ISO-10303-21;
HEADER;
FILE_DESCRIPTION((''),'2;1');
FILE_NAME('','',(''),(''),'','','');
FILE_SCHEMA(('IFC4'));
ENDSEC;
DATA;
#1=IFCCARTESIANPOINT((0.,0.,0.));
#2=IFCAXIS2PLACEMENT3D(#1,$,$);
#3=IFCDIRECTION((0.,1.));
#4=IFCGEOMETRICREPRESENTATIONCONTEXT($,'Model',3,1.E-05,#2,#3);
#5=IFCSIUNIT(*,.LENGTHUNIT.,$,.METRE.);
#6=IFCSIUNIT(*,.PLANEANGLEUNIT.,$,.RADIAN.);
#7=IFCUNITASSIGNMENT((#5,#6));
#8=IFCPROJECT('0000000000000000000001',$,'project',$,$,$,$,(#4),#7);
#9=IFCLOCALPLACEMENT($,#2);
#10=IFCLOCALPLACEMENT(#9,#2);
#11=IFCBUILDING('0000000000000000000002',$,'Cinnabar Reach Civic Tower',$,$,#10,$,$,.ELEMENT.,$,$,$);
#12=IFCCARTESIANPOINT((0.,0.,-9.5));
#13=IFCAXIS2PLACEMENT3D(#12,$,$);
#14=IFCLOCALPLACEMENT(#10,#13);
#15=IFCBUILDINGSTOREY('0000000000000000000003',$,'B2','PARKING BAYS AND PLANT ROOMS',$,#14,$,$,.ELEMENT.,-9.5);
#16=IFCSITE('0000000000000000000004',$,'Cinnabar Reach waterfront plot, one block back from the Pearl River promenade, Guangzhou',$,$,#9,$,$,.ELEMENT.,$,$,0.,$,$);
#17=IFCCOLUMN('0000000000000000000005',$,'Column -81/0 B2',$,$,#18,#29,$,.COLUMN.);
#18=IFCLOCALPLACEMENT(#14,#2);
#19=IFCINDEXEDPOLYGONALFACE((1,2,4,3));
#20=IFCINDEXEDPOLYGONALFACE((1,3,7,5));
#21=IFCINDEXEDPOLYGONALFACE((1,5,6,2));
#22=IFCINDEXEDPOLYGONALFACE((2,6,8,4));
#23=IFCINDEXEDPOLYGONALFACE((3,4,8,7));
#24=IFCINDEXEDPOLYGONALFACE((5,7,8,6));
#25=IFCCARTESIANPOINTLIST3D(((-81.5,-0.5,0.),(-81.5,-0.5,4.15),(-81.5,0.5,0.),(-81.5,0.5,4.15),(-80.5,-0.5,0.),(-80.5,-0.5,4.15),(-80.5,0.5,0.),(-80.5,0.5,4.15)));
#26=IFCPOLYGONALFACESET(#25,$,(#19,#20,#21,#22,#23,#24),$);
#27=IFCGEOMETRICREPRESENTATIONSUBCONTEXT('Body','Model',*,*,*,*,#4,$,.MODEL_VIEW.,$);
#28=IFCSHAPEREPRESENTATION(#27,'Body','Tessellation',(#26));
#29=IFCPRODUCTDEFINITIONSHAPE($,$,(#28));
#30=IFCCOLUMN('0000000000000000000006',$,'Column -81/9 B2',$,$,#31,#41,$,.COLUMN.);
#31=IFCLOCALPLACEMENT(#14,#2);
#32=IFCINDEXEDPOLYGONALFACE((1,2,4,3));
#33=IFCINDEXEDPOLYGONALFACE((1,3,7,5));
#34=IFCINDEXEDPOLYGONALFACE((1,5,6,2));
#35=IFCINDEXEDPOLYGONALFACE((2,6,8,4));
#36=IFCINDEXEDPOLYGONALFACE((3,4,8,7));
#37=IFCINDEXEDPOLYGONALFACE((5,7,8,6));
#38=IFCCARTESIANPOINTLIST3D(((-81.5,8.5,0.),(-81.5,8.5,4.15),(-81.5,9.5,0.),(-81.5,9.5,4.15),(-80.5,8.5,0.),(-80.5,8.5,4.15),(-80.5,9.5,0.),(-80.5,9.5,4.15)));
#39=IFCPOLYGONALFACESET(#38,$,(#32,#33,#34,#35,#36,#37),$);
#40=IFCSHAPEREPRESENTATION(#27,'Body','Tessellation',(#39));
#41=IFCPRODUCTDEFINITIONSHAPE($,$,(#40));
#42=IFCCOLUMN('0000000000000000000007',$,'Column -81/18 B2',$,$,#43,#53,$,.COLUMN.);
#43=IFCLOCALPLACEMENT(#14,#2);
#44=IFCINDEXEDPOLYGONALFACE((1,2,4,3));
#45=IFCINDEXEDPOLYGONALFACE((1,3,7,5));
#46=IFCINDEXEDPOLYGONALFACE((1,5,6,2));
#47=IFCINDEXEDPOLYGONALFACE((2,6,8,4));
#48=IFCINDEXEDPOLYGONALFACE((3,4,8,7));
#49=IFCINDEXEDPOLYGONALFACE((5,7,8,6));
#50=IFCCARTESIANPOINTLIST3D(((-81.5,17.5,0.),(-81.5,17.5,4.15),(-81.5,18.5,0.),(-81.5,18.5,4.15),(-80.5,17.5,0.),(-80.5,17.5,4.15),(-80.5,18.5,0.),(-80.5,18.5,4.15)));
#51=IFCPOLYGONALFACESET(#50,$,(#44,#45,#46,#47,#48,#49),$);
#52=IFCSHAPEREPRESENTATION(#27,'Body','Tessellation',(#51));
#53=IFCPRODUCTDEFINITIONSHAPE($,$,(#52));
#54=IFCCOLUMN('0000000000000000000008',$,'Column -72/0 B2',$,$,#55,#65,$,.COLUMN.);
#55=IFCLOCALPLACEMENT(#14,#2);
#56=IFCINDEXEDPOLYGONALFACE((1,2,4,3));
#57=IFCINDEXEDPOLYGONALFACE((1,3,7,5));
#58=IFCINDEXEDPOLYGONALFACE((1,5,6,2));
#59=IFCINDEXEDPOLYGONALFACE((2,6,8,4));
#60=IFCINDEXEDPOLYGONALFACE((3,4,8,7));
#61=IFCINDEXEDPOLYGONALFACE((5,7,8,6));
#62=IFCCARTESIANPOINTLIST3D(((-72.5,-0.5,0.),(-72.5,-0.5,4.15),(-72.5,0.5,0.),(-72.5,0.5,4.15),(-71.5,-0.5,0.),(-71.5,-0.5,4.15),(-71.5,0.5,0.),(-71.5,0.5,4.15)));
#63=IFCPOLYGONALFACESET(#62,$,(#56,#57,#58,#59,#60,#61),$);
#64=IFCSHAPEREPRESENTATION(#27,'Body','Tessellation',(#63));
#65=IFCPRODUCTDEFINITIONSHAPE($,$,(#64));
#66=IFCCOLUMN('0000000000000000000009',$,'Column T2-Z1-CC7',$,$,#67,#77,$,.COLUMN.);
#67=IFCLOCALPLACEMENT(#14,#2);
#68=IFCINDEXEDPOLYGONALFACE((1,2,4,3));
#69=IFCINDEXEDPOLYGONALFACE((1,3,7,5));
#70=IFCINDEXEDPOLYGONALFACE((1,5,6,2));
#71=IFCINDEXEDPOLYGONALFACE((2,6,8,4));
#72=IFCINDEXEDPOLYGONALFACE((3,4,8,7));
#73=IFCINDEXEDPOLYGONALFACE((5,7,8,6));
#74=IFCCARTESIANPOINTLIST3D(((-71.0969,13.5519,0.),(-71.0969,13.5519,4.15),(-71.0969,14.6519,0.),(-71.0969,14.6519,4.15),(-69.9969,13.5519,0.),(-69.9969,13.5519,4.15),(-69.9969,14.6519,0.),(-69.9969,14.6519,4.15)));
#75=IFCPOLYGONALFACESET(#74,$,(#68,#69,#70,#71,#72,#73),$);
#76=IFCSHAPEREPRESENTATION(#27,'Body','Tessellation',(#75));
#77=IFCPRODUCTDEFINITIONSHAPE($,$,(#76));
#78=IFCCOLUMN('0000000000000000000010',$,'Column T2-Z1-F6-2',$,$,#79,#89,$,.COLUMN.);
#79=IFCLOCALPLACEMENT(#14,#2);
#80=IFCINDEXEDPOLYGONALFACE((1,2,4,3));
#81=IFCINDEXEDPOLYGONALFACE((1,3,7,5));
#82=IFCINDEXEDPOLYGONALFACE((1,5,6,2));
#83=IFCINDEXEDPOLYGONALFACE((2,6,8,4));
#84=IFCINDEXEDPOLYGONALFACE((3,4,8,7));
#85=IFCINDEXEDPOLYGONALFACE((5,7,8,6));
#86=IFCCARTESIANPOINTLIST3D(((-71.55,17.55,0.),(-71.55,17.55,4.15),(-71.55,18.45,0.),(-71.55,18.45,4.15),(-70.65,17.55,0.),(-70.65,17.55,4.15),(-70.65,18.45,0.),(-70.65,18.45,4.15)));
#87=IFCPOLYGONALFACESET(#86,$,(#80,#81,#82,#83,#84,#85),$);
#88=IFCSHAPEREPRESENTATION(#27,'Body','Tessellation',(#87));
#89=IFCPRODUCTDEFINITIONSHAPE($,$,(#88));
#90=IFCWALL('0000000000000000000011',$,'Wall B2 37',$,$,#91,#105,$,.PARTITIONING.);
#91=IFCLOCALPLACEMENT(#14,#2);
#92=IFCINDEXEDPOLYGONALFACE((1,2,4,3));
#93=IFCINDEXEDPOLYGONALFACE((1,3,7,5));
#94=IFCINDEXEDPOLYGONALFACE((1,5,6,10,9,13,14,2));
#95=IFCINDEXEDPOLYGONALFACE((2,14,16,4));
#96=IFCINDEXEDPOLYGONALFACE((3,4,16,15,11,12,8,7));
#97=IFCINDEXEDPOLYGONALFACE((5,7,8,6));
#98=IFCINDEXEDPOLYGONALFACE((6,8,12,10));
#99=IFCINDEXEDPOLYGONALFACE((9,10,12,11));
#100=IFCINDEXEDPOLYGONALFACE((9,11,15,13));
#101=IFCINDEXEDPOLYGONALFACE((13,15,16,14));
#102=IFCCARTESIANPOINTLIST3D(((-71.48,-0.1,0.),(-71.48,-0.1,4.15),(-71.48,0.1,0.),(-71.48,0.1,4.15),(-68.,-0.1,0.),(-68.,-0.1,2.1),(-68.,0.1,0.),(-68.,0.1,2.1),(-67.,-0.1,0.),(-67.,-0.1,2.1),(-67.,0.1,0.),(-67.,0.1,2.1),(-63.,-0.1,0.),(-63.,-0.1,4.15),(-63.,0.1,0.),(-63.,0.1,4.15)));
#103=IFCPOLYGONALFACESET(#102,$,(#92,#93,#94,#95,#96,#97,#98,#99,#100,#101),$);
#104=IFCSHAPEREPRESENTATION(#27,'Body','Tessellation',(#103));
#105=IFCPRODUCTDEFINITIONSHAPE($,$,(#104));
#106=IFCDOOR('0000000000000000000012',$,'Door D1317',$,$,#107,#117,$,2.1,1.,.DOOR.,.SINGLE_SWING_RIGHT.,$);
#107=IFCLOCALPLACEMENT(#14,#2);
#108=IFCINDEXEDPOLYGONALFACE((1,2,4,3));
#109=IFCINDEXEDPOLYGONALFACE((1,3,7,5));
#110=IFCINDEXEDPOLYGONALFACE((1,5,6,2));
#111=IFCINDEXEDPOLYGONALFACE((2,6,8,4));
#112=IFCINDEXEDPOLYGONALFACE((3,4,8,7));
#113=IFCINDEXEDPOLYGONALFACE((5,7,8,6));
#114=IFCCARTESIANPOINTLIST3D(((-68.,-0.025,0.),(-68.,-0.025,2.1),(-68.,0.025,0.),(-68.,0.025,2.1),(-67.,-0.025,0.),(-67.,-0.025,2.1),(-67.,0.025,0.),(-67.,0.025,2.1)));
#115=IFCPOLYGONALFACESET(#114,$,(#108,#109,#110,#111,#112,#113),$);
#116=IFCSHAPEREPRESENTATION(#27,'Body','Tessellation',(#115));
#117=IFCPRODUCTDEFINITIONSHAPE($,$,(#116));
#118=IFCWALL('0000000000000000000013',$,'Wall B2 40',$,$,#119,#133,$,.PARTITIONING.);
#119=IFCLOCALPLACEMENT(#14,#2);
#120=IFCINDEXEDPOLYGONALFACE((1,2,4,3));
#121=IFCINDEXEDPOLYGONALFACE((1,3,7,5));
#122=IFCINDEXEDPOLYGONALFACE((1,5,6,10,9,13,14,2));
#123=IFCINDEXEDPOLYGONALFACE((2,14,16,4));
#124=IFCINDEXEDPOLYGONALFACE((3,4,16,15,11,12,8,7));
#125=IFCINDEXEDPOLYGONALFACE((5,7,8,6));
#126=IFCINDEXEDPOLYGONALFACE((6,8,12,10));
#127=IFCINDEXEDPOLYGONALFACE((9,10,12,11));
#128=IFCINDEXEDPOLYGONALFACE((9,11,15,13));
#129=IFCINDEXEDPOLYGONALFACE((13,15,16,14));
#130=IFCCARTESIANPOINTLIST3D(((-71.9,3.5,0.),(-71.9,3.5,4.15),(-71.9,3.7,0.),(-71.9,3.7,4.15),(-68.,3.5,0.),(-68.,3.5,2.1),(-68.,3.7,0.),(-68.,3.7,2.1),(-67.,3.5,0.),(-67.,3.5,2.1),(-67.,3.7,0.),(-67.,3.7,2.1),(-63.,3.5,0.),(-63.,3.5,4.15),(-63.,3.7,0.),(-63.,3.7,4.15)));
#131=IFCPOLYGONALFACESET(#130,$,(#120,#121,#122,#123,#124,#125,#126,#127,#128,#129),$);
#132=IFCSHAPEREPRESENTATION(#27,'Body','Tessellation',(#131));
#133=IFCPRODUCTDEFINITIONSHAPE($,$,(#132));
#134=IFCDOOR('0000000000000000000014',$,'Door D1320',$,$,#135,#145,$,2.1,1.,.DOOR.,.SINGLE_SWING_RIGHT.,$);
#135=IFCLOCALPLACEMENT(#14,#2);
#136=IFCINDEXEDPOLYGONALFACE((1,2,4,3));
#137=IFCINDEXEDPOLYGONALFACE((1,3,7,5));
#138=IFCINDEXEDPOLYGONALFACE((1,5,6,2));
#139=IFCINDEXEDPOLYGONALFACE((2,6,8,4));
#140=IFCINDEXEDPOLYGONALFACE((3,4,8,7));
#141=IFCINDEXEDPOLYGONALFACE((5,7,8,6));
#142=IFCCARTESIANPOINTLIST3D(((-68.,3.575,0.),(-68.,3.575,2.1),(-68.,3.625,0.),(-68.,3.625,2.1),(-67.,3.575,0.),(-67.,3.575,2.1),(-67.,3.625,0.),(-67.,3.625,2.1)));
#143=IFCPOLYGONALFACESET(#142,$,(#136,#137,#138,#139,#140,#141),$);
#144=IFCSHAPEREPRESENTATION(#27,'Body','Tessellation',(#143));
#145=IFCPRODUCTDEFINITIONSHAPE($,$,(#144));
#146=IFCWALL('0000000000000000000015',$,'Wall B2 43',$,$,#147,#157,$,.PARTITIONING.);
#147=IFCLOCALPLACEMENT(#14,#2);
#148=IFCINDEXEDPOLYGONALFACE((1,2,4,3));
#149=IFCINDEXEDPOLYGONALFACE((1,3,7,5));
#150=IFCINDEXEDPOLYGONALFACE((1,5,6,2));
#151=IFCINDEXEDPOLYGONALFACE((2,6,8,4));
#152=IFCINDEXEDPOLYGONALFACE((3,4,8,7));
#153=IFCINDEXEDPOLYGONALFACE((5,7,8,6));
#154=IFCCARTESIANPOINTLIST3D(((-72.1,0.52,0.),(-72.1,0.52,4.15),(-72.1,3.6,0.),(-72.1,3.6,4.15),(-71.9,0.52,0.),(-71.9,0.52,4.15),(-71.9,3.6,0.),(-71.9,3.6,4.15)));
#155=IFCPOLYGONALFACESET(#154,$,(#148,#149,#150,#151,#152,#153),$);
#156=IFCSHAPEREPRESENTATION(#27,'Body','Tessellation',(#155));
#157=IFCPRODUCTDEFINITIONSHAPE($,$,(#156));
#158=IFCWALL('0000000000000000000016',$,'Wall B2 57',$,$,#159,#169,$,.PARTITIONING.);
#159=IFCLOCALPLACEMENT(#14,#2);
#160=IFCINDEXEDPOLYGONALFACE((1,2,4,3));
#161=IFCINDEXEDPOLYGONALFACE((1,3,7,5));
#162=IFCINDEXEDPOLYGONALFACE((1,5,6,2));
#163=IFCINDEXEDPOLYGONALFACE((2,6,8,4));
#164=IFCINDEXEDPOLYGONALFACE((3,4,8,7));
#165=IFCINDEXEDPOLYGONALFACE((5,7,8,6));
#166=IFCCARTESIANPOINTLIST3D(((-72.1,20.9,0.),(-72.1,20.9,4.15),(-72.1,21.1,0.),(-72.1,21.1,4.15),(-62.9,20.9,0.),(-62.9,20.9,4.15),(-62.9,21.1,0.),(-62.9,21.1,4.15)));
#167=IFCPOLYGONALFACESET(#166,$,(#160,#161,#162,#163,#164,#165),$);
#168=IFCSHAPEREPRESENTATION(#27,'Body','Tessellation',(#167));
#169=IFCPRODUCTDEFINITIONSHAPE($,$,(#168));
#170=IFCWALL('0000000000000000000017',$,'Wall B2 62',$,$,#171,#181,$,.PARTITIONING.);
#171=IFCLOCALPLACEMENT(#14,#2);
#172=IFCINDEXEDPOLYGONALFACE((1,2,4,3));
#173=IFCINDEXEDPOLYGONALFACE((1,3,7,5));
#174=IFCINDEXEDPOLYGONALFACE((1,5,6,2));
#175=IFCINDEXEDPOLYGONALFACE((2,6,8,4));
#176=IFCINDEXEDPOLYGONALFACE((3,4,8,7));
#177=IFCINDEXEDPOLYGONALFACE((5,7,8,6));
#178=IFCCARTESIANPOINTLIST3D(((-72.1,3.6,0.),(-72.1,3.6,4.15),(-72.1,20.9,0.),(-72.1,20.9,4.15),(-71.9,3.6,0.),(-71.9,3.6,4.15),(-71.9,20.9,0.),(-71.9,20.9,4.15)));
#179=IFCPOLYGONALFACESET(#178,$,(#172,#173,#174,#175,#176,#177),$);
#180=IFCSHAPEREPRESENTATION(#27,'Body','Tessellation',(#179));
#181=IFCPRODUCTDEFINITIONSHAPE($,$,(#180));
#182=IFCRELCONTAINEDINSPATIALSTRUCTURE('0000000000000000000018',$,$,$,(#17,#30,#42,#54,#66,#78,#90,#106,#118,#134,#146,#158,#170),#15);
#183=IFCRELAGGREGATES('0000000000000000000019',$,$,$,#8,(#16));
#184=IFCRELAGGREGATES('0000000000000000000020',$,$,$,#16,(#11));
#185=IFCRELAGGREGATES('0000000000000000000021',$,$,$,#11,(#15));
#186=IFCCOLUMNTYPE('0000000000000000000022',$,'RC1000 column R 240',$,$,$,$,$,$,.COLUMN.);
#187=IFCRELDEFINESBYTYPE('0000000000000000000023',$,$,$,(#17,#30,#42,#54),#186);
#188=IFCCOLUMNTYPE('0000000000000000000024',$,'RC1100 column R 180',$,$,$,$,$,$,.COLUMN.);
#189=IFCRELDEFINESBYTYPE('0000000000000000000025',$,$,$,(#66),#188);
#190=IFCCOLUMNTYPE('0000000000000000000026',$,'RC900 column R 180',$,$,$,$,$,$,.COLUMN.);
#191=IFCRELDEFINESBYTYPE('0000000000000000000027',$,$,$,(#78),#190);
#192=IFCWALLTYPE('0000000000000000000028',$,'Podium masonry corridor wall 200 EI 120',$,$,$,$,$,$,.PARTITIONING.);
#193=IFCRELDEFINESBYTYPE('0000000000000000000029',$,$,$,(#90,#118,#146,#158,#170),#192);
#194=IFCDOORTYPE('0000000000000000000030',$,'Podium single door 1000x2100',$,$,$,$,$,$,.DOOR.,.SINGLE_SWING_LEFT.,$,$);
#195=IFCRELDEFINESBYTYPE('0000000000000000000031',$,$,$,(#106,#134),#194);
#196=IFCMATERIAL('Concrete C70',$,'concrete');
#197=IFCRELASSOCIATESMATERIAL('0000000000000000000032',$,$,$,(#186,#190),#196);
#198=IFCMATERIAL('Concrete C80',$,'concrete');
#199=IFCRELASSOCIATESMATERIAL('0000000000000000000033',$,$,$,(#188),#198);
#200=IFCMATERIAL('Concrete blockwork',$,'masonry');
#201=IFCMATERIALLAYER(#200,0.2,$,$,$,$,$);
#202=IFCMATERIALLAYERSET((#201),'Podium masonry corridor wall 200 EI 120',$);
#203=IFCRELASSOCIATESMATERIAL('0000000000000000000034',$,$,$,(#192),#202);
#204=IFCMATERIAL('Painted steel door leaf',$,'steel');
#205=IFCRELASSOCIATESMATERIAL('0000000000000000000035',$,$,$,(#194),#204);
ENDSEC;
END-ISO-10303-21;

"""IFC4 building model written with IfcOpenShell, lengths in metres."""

from ifc_helpers import new_model, si_unit, direction, frame, frame_2d, origin, origin_2d, place, context, subcontext, project, spatial, rectangle, extrude, material, layer, layer_set, material_profile, profile_set, type_object, element, fill, save


model = new_model("IFC4")

# Units and contexts
model_context = context("Model", 3, precision=1e-05, world=origin(), true_north=direction((0.0, 1.0)))
body_context = subcontext(model_context, "Body", "Model", "MODEL_VIEW")
ifc_project = project(units=[si_unit("LENGTHUNIT", "METRE"), si_unit("PLANEANGLEUNIT", "RADIAN")], contexts=[model_context])

# Site, building, storey
site_placement = place(None, origin())
site = spatial("IfcSite", under=ifc_project, at=site_placement, Name="Cinnabar Reach waterfront plot, one block back from the Pearl River promenade, Guangzhou", CompositionType="ELEMENT", RefElevation=0.0)
building_placement = place(site_placement, origin())
building = spatial("IfcBuilding", under=site, at=building_placement, Name="Cinnabar Reach Civic Tower", CompositionType="ELEMENT")
storey_placement = place(building_placement, frame((0.0, 0.0, -9.5)))
storey = spatial("IfcBuildingStorey", under=building, at=storey_placement, Name="B2", Description="PARKING BAYS AND PLANT ROOMS", CompositionType="ELEMENT", Elevation=-9.5)

# Columns
ifc_material_1 = material(Name="Concrete C70", Category="concrete")
ifc_material_profile_1 = material_profile(ifc_material_1, rectangle(XDim=1.0, YDim=1.0, at=origin_2d()), Name="RC1000")
ifc_profile_set_1 = profile_set([ifc_material_profile_1], Name="Concrete C70")
column_type_1 = type_object("IfcColumnType", Name="RC1000 column R 240", PredefinedType="COLUMN", material=ifc_profile_set_1)
for number, where, z_axis, x_axis, name in (
    (1, (-81.0, 0.0, 0.0), (0.0, 0.0, 1.0), (1.0, 0.0, 0.0), "Column -81/0 B2"),
    (2, (-81.0, 9.0, 0.0), (0.0, 0.0, 1.0), (1.0, 0.0, 0.0), "Column -81/9 B2"),
    (3, (-81.0, 18.0, 0.0), (0.0, 0.0, 1.0), (1.0, 0.0, 0.0), "Column -81/18 B2"),
    (4, (-72.0, 0.0, 0.0), (0.0, 0.0, 1.0), (1.0, 0.0, 0.0), "Column -72/0 B2"),
):
    element("IfcColumn", number, at=place(storey_placement, frame(where, z_axis=z_axis, x_axis=x_axis)), inside=storey, type_object=column_type_1, Name=name, PredefinedType="COLUMN", context=body_context, shape_type="SweptSolid", body=[
        extrude(rectangle(XDim=1.0, YDim=1.0, at=origin_2d()), origin(), (0.0, 0.0, 1.0), 4.15),
    ])
ifc_material_2 = material(Name="Concrete C80", Category="concrete")
ifc_material_profile_2 = material_profile(ifc_material_2, rectangle(XDim=1.1, YDim=1.1, at=origin_2d()), Name="RC1100")
ifc_profile_set_2 = profile_set([ifc_material_profile_2], Name="Concrete C80")
column_type_2 = type_object("IfcColumnType", Name="RC1100 column R 180", PredefinedType="COLUMN", material=ifc_profile_set_2)
column_1_placement = place(storey_placement, frame((-70.5469, 14.1019, 0.0), z_axis=(0.0, 0.0, 1.0), x_axis=(1.0, 0.0, 0.0)))
element("IfcColumn", 5, at=column_1_placement, inside=storey, type_object=column_type_2, Name="Column T2-Z1-CC7", PredefinedType="COLUMN", context=body_context, shape_type="SweptSolid", body=[
    extrude(rectangle(XDim=1.1, YDim=1.1, at=origin_2d()), origin(), (0.0, 0.0, 1.0), 4.15),
])
ifc_material_profile_3 = material_profile(ifc_material_1, rectangle(XDim=0.9, YDim=0.9, at=origin_2d()), Name="RC900")
ifc_profile_set_3 = profile_set([ifc_material_profile_3], Name="Concrete C70")
column_type_3 = type_object("IfcColumnType", Name="RC900 column R 180", PredefinedType="COLUMN", material=ifc_profile_set_3)
column_2_placement = place(storey_placement, frame((-71.1, 18.0, 0.0), z_axis=(0.0, 0.0, 1.0), x_axis=(1.0, 0.0, 0.0)))
element("IfcColumn", 6, at=column_2_placement, inside=storey, type_object=column_type_3, Name="Column T2-Z1-F6-2", PredefinedType="COLUMN", context=body_context, shape_type="SweptSolid", body=[
    extrude(rectangle(XDim=0.9, YDim=0.9, at=origin_2d()), origin(), (0.0, 0.0, 1.0), 4.15),
])

# Walls, openings, doors
ifc_material_3 = material(Name="Concrete blockwork", Category="masonry")
ifc_layer_1 = layer(ifc_material_3, 0.2)
ifc_layer_set_1 = layer_set([ifc_layer_1], Name="Podium masonry corridor wall 200 EI 120")
wall_type_1 = type_object("IfcWallType", Name="Podium masonry corridor wall 200 EI 120", PredefinedType="PARTITIONING", material=ifc_layer_set_1)
wall_1_placement = place(storey_placement, frame((-71.48, 0.0, 0.0), z_axis=(0.0, 0.0, 1.0), x_axis=(1.0, 0.0, 0.0)))
wall_1 = element("IfcWall", 7, at=wall_1_placement, inside=storey, type_object=wall_type_1, Name="Wall B2 37", PredefinedType="PARTITIONING", context=body_context, shape_type="SweptSolid", body=[
    extrude(rectangle(XDim=8.48, YDim=0.2, at=frame_2d((4.24, 0.0))), origin(), (0.0, 0.0, 1.0), 4.15),
])
opening_1_placement = place(wall_1_placement, frame((3.48, 0.0, 0.0)))
opening_1 = element("IfcOpeningElement", 8, at=opening_1_placement, cuts=wall_1, PredefinedType="OPENING", context=body_context, shape_type="SweptSolid", body=[
    extrude(rectangle(XDim=1.0, YDim=2.1, at=frame_2d((0.5, 1.05))), frame((0.0, 0.11, 0.0), z_axis=(0.0, -1.0, 0.0), x_axis=(1.0, 0.0, 0.0)), (0.0, 0.0, 1.0), 0.22),
])
ifc_material_4 = material(Name="Painted steel door leaf", Category="steel")
door_type_1 = type_object("IfcDoorType", Name="Podium single door 1000x2100", OperationType="SINGLE_SWING_LEFT", PredefinedType="DOOR", material=ifc_material_4)
door_1_placement = place(opening_1_placement, frame((1.0, 0.0, 0.0), z_axis=(0.0, 0.0, 1.0), x_axis=(-1.0, 0.0, 0.0)))
door_1 = element("IfcDoor", 9, at=door_1_placement, inside=storey, type_object=door_type_1, Name="Door D1317", OperationType="SINGLE_SWING_RIGHT", OverallHeight=2.1, OverallWidth=1.0, PredefinedType="DOOR", context=body_context, shape_type="SweptSolid", body=[
    extrude(rectangle(XDim=1.0, YDim=2.1, at=frame_2d((0.5, 1.05))), frame((0.0, 0.025, 0.0), z_axis=(0.0, -1.0, 0.0), x_axis=(1.0, 0.0, 0.0)), (0.0, 0.0, 1.0), 0.05),
])
fill(opening_1, door_1)
wall_2_placement = place(storey_placement, frame((-71.9, 3.6, 0.0), z_axis=(0.0, 0.0, 1.0), x_axis=(1.0, 0.0, 0.0)))
wall_2 = element("IfcWall", 10, at=wall_2_placement, inside=storey, type_object=wall_type_1, Name="Wall B2 40", PredefinedType="PARTITIONING", context=body_context, shape_type="SweptSolid", body=[
    extrude(rectangle(XDim=8.9, YDim=0.2, at=frame_2d((4.45, 0.0))), origin(), (0.0, 0.0, 1.0), 4.15),
])
opening_2_placement = place(wall_2_placement, frame((3.9, 0.0, 0.0)))
opening_2 = element("IfcOpeningElement", 11, at=opening_2_placement, cuts=wall_2, PredefinedType="OPENING", context=body_context, shape_type="SweptSolid", body=[
    extrude(rectangle(XDim=1.0, YDim=2.1, at=frame_2d((0.5, 1.05))), frame((0.0, 0.11, 0.0), z_axis=(0.0, -1.0, 0.0), x_axis=(1.0, 0.0, 0.0)), (0.0, 0.0, 1.0), 0.22),
])
door_2_placement = place(opening_2_placement, origin())
door_2 = element("IfcDoor", 12, at=door_2_placement, inside=storey, type_object=door_type_1, Name="Door D1320", OperationType="SINGLE_SWING_RIGHT", OverallHeight=2.1, OverallWidth=1.0, PredefinedType="DOOR", context=body_context, shape_type="SweptSolid", body=[
    extrude(rectangle(XDim=1.0, YDim=2.1, at=frame_2d((0.5, 1.05))), frame((0.0, 0.025, 0.0), z_axis=(0.0, -1.0, 0.0), x_axis=(1.0, 0.0, 0.0)), (0.0, 0.0, 1.0), 0.05),
])
fill(opening_2, door_2)

# Walls
wall_3_placement = place(storey_placement, frame((-72.0, 0.52, 0.0), z_axis=(0.0, 0.0, 1.0), x_axis=(0.0, 1.0, 0.0)))
element("IfcWall", 13, at=wall_3_placement, inside=storey, type_object=wall_type_1, Name="Wall B2 43", PredefinedType="PARTITIONING", context=body_context, shape_type="SweptSolid", body=[
    extrude(rectangle(XDim=3.08, YDim=0.2, at=frame_2d((1.54, 0.0))), origin(), (0.0, 0.0, 1.0), 4.15),
])
wall_4_placement = place(storey_placement, frame((-72.1, 21.0, 0.0), z_axis=(0.0, 0.0, 1.0), x_axis=(1.0, 0.0, 0.0)))
element("IfcWall", 14, at=wall_4_placement, inside=storey, type_object=wall_type_1, Name="Wall B2 57", PredefinedType="PARTITIONING", context=body_context, shape_type="SweptSolid", body=[
    extrude(rectangle(XDim=9.2, YDim=0.2, at=frame_2d((4.6, 0.0))), origin(), (0.0, 0.0, 1.0), 4.15),
])
wall_5_placement = place(storey_placement, frame((-72.0, 3.6, 0.0), z_axis=(0.0, 0.0, 1.0), x_axis=(0.0, 1.0, 0.0)))
element("IfcWall", 15, at=wall_5_placement, inside=storey, type_object=wall_type_1, Name="Wall B2 62", PredefinedType="PARTITIONING", context=body_context, shape_type="SweptSolid", body=[
    extrude(rectangle(XDim=17.3, YDim=0.2, at=frame_2d((8.65, 0.0))), origin(), (0.0, 0.0, 1.0), 4.15),
])

save(model, "model.ifc")
